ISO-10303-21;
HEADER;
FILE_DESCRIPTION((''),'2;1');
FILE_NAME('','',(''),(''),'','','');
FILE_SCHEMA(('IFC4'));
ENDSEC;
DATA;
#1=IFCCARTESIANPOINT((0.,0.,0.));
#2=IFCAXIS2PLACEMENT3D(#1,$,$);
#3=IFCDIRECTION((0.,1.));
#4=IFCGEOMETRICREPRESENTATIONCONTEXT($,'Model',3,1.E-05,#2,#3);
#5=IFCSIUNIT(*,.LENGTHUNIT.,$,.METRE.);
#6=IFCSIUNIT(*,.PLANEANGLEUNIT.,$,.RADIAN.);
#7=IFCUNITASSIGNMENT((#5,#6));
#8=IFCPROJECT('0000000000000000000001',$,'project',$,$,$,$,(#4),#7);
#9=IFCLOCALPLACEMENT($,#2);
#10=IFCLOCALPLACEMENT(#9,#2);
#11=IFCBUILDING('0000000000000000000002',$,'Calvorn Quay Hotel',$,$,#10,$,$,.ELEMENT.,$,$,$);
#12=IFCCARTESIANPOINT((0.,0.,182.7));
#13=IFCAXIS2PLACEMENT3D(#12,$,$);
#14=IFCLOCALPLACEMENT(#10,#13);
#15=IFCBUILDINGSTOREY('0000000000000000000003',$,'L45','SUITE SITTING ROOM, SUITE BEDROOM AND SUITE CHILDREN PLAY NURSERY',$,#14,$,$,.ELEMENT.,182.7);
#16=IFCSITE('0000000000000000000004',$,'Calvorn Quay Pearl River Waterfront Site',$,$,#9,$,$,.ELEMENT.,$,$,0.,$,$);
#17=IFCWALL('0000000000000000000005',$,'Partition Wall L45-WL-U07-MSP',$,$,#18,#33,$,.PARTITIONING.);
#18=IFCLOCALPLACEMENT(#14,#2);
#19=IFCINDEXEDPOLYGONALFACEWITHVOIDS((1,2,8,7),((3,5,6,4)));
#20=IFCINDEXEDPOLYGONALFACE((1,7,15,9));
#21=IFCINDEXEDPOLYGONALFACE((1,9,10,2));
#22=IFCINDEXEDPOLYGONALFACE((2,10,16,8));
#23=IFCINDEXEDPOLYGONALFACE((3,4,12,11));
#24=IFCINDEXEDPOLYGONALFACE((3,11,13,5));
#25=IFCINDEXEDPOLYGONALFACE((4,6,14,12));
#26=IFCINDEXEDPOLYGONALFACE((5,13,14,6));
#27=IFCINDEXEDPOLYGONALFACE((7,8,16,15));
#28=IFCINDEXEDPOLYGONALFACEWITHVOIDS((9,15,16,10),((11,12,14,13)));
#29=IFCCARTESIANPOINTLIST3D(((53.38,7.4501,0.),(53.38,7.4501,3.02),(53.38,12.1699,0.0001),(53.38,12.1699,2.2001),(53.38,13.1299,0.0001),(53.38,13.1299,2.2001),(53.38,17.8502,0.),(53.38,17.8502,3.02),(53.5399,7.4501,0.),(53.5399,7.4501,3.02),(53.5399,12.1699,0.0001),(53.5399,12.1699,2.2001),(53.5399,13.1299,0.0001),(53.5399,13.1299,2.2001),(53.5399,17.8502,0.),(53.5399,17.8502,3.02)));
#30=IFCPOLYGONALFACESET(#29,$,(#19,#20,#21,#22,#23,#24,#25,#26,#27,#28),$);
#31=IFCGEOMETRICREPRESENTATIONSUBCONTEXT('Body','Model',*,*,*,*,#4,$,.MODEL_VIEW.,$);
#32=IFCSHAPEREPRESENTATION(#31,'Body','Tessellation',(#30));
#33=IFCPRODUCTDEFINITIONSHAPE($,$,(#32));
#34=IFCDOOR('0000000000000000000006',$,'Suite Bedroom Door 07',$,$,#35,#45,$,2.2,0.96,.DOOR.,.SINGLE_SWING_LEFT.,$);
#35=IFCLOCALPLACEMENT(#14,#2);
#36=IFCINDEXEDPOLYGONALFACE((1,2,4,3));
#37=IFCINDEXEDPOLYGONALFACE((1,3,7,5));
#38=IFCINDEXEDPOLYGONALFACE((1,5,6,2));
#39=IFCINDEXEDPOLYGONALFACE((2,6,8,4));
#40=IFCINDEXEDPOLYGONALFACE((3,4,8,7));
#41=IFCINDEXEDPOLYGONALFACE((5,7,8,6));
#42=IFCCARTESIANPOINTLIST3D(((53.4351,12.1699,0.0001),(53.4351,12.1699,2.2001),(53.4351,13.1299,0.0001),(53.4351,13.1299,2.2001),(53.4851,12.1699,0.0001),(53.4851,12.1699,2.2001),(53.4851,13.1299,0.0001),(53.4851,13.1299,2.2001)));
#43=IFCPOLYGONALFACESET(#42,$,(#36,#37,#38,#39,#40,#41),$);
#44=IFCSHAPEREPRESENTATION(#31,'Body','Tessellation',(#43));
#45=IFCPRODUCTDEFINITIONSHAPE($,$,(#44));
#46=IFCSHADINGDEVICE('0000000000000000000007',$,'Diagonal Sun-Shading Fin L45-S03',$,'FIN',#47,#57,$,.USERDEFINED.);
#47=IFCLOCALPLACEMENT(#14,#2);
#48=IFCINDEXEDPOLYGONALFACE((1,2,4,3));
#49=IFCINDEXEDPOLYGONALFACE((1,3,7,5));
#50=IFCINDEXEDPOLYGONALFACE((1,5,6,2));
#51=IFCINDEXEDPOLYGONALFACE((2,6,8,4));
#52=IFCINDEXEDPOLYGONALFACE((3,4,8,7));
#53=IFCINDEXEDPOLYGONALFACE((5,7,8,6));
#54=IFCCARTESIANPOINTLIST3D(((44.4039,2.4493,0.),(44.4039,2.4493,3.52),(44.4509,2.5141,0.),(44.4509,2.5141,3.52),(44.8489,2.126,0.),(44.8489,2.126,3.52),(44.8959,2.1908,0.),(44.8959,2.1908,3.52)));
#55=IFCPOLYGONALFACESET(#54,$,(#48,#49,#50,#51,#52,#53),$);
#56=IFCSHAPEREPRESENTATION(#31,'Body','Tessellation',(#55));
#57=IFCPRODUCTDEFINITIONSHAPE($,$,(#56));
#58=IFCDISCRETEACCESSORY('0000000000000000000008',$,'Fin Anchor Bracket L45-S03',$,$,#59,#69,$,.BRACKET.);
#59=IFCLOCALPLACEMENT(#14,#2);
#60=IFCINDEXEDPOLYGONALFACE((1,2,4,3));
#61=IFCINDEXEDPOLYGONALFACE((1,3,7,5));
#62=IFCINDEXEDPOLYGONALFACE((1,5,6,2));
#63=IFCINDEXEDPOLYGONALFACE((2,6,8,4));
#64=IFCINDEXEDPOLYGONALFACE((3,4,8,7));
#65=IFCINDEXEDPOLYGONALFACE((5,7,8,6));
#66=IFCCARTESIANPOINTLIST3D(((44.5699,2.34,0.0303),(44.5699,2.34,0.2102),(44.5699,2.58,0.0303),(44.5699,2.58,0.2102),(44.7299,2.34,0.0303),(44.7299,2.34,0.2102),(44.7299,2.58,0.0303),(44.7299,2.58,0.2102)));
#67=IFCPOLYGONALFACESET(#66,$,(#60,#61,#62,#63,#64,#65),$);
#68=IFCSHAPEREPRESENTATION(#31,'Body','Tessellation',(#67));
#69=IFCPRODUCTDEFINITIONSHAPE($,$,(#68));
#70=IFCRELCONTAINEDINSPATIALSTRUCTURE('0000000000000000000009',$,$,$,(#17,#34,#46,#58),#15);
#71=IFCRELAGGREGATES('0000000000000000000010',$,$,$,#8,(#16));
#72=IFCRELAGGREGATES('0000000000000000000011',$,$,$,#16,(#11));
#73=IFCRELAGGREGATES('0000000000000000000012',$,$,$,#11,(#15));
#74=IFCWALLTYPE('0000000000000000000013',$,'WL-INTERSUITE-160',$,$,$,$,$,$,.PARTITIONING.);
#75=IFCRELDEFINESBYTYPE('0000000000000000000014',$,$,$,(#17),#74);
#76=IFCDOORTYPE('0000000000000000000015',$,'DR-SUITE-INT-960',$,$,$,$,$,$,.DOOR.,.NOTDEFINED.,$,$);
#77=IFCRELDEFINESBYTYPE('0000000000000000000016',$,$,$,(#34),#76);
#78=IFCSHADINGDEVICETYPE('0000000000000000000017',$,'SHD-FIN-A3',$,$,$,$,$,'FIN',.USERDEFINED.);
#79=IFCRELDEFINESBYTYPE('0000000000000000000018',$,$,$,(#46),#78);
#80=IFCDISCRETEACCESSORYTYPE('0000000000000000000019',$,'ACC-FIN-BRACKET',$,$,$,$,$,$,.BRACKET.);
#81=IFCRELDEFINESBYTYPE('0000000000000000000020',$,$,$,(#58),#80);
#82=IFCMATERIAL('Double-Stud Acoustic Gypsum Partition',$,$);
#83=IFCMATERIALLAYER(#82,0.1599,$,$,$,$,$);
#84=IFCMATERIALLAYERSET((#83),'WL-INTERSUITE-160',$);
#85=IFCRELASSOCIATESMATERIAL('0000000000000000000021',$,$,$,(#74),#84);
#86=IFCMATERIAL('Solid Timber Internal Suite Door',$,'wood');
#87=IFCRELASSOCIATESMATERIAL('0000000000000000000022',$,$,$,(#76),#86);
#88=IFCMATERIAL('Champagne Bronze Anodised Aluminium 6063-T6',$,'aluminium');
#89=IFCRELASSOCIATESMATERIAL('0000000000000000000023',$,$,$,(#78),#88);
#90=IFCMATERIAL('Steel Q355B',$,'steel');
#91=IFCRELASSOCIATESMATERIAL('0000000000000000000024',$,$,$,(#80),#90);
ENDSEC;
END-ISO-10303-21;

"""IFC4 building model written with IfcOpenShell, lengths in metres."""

from ifc_helpers import new_model, si_unit, direction, frame, frame_2d, origin, origin_2d, place, context, subcontext, project, spatial, rectangle, extrude, material, layer, layer_set, type_object, element, fill, save


model = new_model("IFC4")

# Units and contexts
model_context = context("Model", 3, precision=1e-05, world=origin(), true_north=direction((0.0, 1.0)))
body_context = subcontext(model_context, "Body", "Model", "MODEL_VIEW")
ifc_project = project(units=[si_unit("LENGTHUNIT", "METRE"), si_unit("PLANEANGLEUNIT", "RADIAN")], contexts=[model_context])

# Site, building, storey
site_placement = place(None, origin())
site = spatial("IfcSite", under=ifc_project, at=site_placement, Name="Calvorn Quay Pearl River Waterfront Site", CompositionType="ELEMENT", RefElevation=0.0)
building_placement = place(site_placement, origin())
building = spatial("IfcBuilding", under=site, at=building_placement, Name="Calvorn Quay Hotel", CompositionType="ELEMENT")
storey_placement = place(building_placement, frame((0.0, 0.0, 182.7)))
storey = spatial("IfcBuildingStorey", under=building, at=storey_placement, Name="L45", Description="SUITE SITTING ROOM, SUITE BEDROOM AND SUITE CHILDREN PLAY NURSERY", CompositionType="ELEMENT", Elevation=182.7)

# Wall, opening, door
ifc_material_1 = material(Name="Double-Stud Acoustic Gypsum Partition")
ifc_layer_1 = layer(ifc_material_1, 0.1599)
ifc_layer_set_1 = layer_set([ifc_layer_1], Name="WL-INTERSUITE-160")
wall_type_1 = type_object("IfcWallType", Name="WL-INTERSUITE-160", PredefinedType="PARTITIONING", material=ifc_layer_set_1)
wall_1_placement = place(storey_placement, frame((53.46, 7.45, 0.0), z_axis=(0.0, 0.0, 1.0), x_axis=(0.0, 1.0, 0.0)))
wall_1 = element("IfcWall", 1, at=wall_1_placement, inside=storey, type_object=wall_type_1, Name="Partition Wall L45-WL-U07-MSP", PredefinedType="PARTITIONING", context=body_context, shape_type="SweptSolid", body=[
    extrude(rectangle(XDim=10.4001, YDim=0.1599, at=frame_2d((5.2002, 0.0))), origin(), (0.0, 0.0, 1.0), 3.02),
])
opening_1_placement = place(wall_1_placement, frame((4.72, 0.0, 0.0)))
opening_1 = element("IfcOpeningElement", 2, at=opening_1_placement, cuts=wall_1, PredefinedType="OPENING", context=body_context, shape_type="SweptSolid", body=[
    extrude(rectangle(XDim=0.96, YDim=2.2, at=frame_2d((0.48, 1.1001))), frame((0.0, 0.0898, 0.0), z_axis=(0.0, -1.0, 0.0), x_axis=(1.0, 0.0, 0.0)), (0.0, 0.0, 1.0), 0.1799),
])
ifc_material_2 = material(Name="Solid Timber Internal Suite Door", Category="wood")
door_type_1 = type_object("IfcDoorType", Name="DR-SUITE-INT-960", OperationType="NOTDEFINED", PredefinedType="DOOR", material=ifc_material_2)
door_1_placement = place(opening_1_placement, origin())
door_1 = element("IfcDoor", 3, at=door_1_placement, inside=storey, type_object=door_type_1, Name="Suite Bedroom Door 07", OperationType="SINGLE_SWING_LEFT", OverallHeight=2.2, OverallWidth=0.96, PredefinedType="DOOR", context=body_context, shape_type="SweptSolid", body=[
    extrude(rectangle(XDim=0.96, YDim=2.2, at=frame_2d((0.48, 1.1001))), frame((0.0, 0.0249, 0.0), z_axis=(0.0, -1.0, 0.0), x_axis=(1.0, 0.0, 0.0)), (0.0, 0.0, 1.0), 0.05),
])
fill(opening_1, door_1)

# Shading device
ifc_material_3 = material(Name="Champagne Bronze Anodised Aluminium 6063-T6", Category="aluminium")
shading_device_type = type_object("IfcShadingDeviceType", Name="SHD-FIN-A3", ElementType="FIN", PredefinedType="USERDEFINED", material=ifc_material_3)
shading_device_placement = place(storey_placement, frame((44.6499, 2.3201, 0.0), z_axis=(0.0, 0.0, 1.0), x_axis=(-0.809017, 0.587785, 0.0)))
element("IfcShadingDevice", 4, at=shading_device_placement, inside=storey, type_object=shading_device_type, Name="Diagonal Sun-Shading Fin L45-S03", ObjectType="FIN", PredefinedType="USERDEFINED", context=body_context, shape_type="SweptSolid", body=[
    extrude(rectangle(XDim=0.55, YDim=0.0801, at=origin_2d()), origin(), (0.0, 0.0, 1.0), 3.52),
])

# Discrete accessory
ifc_material_4 = material(Name="Steel Q355B", Category="steel")
discrete_accessory_type = type_object("IfcDiscreteAccessoryType", Name="ACC-FIN-BRACKET", PredefinedType="BRACKET", material=ifc_material_4)
discrete_accessory_placement = place(storey_placement, frame((44.6499, 2.46, 0.0303), z_axis=(0.0, 0.0, 1.0), x_axis=(0.0, 1.0, 0.0)))
element("IfcDiscreteAccessory", 5, at=discrete_accessory_placement, inside=storey, type_object=discrete_accessory_type, Name="Fin Anchor Bracket L45-S03", PredefinedType="BRACKET", context=body_context, shape_type="SweptSolid", body=[
    extrude(rectangle(XDim=0.24, YDim=0.1599, at=origin_2d()), origin(), (0.0, 0.0, 1.0), 0.1799),
])

save(model, "model.ifc")
